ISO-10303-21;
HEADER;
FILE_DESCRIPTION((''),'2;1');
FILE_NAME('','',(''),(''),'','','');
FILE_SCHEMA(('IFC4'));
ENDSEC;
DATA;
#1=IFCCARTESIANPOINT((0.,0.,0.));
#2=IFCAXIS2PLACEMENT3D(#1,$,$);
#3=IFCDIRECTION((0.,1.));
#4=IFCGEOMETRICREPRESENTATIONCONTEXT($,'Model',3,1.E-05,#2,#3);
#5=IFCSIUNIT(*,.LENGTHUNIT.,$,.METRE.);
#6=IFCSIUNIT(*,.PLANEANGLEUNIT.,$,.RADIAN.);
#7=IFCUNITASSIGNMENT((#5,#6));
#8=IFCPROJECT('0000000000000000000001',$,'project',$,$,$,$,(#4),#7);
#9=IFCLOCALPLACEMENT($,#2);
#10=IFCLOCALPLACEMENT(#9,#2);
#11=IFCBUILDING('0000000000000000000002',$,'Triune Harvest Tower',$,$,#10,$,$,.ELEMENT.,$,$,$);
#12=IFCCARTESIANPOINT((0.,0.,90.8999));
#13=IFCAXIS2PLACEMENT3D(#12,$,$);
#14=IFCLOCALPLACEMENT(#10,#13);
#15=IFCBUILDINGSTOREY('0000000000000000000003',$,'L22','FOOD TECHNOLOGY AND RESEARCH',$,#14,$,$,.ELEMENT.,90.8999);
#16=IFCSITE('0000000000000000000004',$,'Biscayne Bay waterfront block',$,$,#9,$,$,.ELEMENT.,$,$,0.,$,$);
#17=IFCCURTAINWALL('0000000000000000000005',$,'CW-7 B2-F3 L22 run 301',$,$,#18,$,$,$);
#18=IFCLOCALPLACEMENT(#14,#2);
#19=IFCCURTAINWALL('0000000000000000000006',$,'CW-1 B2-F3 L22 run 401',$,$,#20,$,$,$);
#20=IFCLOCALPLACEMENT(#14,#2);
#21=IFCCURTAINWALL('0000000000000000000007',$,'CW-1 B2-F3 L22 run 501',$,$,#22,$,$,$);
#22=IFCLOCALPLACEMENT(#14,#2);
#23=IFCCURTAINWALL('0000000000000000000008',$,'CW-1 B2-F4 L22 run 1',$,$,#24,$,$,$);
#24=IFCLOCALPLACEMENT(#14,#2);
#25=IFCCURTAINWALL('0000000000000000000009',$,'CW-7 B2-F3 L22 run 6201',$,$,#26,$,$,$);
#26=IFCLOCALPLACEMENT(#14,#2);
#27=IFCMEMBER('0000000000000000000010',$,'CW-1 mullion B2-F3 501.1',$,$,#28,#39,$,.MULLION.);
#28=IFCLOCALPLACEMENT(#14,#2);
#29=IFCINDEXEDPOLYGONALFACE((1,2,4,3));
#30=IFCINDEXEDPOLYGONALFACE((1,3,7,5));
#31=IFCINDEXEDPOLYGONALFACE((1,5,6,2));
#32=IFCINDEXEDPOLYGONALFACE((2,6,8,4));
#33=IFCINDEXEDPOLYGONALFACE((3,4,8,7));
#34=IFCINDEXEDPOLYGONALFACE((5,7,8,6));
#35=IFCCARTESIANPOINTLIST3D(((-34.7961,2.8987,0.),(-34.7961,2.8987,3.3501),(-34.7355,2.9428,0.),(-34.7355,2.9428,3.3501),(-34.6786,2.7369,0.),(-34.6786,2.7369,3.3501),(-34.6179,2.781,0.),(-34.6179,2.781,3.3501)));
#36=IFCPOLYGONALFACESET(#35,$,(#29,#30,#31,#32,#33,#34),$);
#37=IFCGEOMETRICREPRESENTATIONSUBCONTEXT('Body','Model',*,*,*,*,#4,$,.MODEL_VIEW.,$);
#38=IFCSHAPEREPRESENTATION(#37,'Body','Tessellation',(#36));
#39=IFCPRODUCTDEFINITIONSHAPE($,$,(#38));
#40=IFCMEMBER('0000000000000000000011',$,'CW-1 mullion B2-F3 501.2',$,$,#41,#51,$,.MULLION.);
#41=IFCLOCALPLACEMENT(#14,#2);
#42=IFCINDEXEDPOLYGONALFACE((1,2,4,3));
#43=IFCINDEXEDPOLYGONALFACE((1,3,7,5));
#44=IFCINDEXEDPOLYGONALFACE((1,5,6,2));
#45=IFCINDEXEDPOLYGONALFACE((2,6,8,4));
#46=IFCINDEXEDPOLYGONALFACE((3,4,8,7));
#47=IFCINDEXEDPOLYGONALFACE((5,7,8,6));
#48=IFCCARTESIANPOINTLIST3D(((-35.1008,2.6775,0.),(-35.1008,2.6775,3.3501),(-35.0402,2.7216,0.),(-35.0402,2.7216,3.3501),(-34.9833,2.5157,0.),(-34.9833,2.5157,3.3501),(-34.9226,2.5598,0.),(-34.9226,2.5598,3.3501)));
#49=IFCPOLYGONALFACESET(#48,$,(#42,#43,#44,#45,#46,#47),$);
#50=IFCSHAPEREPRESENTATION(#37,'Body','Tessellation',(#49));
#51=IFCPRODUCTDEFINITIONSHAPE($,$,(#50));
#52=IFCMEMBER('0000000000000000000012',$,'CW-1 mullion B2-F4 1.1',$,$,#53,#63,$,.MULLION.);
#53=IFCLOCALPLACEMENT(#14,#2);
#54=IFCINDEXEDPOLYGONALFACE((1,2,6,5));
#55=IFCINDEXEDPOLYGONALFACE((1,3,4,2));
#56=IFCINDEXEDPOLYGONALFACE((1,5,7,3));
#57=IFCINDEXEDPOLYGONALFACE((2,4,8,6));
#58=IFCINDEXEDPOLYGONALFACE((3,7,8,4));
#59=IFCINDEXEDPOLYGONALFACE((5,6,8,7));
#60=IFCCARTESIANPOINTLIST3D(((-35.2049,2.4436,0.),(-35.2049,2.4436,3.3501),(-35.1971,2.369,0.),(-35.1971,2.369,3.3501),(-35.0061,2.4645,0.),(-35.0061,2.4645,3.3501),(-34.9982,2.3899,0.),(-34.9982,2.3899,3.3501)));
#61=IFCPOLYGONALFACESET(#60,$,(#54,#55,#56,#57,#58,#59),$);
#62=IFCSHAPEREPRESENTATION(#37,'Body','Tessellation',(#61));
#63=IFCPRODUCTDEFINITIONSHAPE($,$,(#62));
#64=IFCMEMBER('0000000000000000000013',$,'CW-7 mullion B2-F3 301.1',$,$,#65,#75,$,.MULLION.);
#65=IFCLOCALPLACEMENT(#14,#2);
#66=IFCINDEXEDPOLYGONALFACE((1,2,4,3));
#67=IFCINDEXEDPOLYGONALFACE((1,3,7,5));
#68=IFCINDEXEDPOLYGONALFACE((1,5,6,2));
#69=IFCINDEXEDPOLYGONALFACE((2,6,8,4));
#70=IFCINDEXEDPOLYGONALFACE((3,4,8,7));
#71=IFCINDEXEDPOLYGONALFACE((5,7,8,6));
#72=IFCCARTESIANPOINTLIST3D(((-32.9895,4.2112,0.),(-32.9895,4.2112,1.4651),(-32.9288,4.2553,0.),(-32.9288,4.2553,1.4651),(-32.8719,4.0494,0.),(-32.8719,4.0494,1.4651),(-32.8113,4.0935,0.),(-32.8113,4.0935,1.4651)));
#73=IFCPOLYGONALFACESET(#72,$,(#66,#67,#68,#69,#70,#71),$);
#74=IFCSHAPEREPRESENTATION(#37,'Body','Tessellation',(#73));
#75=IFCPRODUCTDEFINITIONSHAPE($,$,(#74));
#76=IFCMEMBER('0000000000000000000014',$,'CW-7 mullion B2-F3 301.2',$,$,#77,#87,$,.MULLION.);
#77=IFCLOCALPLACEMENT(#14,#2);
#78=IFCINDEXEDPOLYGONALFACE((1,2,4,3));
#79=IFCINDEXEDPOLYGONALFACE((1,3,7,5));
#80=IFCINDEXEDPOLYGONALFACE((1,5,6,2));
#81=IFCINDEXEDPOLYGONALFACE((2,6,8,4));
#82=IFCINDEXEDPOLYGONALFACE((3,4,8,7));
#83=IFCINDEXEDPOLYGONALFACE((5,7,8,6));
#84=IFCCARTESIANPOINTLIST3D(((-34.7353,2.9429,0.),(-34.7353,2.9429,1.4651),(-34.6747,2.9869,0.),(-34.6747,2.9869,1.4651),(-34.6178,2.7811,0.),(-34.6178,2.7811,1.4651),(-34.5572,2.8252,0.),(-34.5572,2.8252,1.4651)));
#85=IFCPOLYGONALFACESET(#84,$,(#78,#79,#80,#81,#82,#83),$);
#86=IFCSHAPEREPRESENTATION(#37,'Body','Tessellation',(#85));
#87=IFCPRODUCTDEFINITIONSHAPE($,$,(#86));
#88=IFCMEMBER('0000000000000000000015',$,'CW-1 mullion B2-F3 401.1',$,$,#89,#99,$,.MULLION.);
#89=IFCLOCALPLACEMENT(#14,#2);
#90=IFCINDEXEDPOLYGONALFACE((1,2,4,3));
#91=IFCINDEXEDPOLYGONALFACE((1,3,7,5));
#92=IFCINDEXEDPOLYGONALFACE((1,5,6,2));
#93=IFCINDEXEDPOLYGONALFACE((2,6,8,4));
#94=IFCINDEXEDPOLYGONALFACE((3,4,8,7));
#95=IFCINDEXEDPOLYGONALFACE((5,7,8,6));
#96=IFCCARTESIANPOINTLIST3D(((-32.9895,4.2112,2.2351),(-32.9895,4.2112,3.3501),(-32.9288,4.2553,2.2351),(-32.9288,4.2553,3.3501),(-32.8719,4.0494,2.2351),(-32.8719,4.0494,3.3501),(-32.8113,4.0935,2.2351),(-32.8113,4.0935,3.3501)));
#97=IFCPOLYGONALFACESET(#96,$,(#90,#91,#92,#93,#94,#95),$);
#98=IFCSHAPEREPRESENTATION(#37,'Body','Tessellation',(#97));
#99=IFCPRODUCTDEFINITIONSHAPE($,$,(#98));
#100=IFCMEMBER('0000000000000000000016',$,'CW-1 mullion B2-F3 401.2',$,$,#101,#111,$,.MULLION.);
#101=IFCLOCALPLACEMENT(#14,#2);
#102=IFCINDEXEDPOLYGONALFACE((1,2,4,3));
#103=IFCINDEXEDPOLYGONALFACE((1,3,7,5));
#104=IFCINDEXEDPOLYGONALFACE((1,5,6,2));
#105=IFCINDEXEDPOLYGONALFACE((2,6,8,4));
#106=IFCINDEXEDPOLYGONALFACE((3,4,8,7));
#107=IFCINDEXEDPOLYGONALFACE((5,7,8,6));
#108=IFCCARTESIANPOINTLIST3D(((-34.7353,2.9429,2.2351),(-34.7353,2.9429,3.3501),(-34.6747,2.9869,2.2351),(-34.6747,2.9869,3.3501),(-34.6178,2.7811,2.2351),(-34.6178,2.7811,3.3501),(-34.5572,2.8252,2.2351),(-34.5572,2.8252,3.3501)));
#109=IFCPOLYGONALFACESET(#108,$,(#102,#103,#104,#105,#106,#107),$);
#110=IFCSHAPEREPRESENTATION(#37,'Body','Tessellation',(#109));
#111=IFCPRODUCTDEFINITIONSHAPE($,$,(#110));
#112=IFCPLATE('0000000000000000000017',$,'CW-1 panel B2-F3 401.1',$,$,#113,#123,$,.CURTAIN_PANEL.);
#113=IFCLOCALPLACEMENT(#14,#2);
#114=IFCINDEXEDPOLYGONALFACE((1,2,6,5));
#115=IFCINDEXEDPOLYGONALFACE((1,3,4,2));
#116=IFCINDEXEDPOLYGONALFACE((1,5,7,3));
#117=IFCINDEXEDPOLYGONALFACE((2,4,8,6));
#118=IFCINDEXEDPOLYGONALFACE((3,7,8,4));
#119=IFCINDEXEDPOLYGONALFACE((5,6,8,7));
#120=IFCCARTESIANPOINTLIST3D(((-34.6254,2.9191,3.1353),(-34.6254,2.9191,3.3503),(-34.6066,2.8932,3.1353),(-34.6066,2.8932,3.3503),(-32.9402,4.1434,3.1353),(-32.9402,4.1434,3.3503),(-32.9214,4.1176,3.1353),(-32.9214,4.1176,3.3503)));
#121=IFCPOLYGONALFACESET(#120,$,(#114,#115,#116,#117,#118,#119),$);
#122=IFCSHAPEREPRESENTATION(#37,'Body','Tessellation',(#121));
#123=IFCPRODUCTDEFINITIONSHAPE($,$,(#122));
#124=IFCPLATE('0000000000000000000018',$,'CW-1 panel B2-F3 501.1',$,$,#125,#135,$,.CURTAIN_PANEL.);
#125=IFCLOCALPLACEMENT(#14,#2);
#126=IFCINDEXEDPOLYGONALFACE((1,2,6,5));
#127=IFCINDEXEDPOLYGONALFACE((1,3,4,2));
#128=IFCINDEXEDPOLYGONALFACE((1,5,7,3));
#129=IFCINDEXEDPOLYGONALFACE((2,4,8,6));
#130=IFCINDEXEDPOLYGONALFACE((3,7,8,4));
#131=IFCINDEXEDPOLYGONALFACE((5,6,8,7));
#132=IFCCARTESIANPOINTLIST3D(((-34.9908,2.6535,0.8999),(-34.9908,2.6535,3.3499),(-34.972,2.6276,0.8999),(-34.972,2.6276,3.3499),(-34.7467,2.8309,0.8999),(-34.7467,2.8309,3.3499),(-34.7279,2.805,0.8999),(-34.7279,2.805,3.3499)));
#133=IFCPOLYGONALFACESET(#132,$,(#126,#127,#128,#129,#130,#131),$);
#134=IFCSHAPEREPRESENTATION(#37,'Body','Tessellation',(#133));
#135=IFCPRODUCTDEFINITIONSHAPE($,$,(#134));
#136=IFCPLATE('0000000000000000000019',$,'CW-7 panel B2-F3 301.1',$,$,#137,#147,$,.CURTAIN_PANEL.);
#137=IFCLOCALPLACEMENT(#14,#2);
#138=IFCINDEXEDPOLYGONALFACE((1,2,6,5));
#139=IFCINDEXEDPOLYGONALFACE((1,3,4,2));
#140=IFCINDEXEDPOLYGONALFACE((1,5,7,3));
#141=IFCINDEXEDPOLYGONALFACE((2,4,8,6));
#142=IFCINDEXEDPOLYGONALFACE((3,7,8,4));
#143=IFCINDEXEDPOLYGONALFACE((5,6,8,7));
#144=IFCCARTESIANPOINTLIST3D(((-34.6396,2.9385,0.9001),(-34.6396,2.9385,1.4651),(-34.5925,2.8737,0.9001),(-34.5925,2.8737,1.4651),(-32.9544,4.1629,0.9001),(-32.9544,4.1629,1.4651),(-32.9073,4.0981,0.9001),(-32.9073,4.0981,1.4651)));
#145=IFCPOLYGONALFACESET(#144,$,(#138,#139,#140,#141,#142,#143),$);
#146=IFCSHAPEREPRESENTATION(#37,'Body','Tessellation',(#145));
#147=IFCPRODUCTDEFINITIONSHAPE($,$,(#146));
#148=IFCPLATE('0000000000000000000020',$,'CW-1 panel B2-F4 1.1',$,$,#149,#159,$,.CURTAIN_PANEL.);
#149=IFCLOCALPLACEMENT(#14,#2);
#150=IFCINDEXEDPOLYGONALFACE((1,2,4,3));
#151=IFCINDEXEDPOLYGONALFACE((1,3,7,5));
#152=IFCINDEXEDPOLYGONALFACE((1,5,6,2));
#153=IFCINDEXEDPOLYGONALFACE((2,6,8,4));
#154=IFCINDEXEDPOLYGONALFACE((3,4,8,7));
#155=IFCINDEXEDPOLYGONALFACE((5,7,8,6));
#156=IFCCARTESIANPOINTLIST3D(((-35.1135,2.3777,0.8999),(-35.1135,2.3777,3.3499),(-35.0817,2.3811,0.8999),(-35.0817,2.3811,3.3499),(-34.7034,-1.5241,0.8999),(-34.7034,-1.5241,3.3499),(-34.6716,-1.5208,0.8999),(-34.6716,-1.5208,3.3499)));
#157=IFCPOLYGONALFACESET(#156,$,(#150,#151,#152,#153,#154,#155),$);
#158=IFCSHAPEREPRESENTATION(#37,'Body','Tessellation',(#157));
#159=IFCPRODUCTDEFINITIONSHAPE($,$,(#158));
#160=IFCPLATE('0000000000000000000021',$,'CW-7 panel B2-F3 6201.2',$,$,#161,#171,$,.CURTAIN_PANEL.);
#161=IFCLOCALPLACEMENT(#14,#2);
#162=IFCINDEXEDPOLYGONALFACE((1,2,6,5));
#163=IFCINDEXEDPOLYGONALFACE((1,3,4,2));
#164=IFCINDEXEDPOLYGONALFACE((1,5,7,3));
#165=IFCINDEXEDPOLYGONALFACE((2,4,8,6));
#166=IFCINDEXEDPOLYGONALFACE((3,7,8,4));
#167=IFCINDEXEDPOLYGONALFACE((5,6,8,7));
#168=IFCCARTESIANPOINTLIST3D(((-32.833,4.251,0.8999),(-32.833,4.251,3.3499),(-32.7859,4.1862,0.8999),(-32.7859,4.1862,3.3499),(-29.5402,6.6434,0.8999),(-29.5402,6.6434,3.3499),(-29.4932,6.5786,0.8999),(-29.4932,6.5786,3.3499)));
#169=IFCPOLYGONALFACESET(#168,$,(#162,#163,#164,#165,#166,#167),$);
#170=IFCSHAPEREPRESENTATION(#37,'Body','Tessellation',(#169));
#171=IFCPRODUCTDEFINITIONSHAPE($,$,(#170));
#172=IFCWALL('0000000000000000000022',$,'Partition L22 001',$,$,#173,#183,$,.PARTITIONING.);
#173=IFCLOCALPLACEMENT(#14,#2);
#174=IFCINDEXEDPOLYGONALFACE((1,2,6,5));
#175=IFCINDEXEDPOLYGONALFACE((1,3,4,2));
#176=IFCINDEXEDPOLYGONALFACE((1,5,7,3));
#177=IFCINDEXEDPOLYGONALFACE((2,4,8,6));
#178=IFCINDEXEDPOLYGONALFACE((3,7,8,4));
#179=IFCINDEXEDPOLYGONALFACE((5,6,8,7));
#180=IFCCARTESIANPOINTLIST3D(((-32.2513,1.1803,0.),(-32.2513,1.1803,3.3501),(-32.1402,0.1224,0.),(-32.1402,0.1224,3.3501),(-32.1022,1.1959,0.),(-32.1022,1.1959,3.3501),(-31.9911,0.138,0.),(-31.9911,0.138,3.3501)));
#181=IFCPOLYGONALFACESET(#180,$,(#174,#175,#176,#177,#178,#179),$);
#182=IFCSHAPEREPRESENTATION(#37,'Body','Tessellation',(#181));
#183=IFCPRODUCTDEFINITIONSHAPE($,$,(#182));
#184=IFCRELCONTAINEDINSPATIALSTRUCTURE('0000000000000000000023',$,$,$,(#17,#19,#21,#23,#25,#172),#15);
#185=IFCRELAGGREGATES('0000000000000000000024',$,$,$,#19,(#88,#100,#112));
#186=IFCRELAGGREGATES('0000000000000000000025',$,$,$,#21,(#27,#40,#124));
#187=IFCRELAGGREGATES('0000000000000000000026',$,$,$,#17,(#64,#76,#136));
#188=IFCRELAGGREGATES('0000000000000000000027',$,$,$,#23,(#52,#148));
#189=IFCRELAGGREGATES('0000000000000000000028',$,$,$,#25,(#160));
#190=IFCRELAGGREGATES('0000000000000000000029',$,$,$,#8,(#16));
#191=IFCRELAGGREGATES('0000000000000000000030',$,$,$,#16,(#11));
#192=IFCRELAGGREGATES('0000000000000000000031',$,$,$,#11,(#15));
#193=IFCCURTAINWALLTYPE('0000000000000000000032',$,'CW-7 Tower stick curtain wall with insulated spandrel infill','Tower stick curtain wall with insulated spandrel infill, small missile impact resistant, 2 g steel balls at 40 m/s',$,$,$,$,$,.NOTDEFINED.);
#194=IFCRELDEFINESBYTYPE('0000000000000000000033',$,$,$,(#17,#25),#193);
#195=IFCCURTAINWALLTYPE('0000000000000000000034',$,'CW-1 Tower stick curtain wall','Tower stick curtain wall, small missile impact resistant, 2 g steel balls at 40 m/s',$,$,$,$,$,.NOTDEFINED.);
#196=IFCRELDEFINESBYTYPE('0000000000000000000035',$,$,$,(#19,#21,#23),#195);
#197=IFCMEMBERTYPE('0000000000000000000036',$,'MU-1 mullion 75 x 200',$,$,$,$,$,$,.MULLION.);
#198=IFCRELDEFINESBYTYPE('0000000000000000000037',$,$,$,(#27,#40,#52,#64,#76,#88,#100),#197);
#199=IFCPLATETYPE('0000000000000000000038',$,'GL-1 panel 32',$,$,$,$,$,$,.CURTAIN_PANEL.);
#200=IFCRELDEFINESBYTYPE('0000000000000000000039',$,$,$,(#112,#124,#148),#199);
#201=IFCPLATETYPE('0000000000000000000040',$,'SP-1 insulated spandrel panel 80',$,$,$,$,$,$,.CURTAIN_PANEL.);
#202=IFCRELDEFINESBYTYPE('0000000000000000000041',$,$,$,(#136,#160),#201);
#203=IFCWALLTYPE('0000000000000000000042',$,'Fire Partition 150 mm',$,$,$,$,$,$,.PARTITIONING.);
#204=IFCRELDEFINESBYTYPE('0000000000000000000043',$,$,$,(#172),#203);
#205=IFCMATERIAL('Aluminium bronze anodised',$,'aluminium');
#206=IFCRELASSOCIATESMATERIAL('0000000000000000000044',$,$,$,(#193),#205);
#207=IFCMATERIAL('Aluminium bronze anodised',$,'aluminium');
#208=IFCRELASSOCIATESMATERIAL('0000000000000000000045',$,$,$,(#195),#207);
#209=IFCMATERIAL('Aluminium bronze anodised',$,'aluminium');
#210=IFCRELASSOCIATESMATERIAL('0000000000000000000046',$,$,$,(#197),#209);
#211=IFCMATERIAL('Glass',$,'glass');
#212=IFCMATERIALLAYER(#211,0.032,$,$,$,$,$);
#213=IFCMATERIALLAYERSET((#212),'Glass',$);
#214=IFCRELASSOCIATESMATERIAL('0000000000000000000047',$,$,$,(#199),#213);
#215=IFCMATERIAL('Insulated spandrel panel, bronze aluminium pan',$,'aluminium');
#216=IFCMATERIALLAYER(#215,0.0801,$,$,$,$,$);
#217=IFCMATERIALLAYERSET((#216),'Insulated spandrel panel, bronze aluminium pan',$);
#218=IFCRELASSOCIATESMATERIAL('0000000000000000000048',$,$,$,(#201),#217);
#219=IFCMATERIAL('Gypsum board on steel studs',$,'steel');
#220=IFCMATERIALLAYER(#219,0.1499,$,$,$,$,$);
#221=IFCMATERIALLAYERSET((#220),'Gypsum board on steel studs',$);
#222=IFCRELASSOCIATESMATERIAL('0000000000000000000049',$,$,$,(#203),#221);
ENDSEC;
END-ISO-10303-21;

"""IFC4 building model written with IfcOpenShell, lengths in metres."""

from ifc_helpers import new_model, si_unit, direction, frame, frame_2d, origin, origin_2d, place, context, subcontext, project, spatial, rectangle, extrude, source, transform, mapped, material, layer, layer_set, material_profile, profile_set, type_object, element, aggregate, save


model = new_model("IFC4")

# Units and contexts
model_context = context("Model", 3, precision=1e-05, world=origin(), true_north=direction((0.0, 1.0)))
body_context = subcontext(model_context, "Body", "Model", "MODEL_VIEW")
ifc_project = project(units=[si_unit("LENGTHUNIT", "METRE"), si_unit("PLANEANGLEUNIT", "RADIAN")], contexts=[model_context])

# Site, building, storey
site_placement = place(None, origin())
site = spatial("IfcSite", under=ifc_project, at=site_placement, Name="Biscayne Bay waterfront block", CompositionType="ELEMENT", RefElevation=0.0)
building_placement = place(site_placement, origin())
building = spatial("IfcBuilding", under=site, at=building_placement, Name="Triune Harvest Tower", CompositionType="ELEMENT")
storey_placement = place(building_placement, frame((0.0, 0.0, 90.8999)))
storey = spatial("IfcBuildingStorey", under=building, at=storey_placement, Name="L22", Description="FOOD TECHNOLOGY AND RESEARCH", CompositionType="ELEMENT", Elevation=90.8999)

# Curtain walls
ifc_material_1 = material(Name="Aluminium bronze anodised", Category="aluminium")
curtain_wall_type_1 = type_object("IfcCurtainWallType", Name="CW-7 Tower stick curtain wall with insulated spandrel infill", Description="Tower stick curtain wall with insulated spandrel infill, small missile impact resistant, 2 g steel balls at 40 m/s", PredefinedType="NOTDEFINED", material=ifc_material_1)
curtain_wall_1_placement = place(storey_placement, origin())
curtain_wall_1 = element("IfcCurtainWall", 1, at=curtain_wall_1_placement, inside=storey, type_object=curtain_wall_type_1, Name="CW-7 B2-F3 L22 run 301")
ifc_material_2 = material(Name="Aluminium bronze anodised", Category="aluminium")
curtain_wall_type_2 = type_object("IfcCurtainWallType", Name="CW-1 Tower stick curtain wall", Description="Tower stick curtain wall, small missile impact resistant, 2 g steel balls at 40 m/s", PredefinedType="NOTDEFINED", material=ifc_material_2)
curtain_wall_2_placement = place(storey_placement, origin())
curtain_wall_2 = element("IfcCurtainWall", 2, at=curtain_wall_2_placement, inside=storey, type_object=curtain_wall_type_2, Name="CW-1 B2-F3 L22 run 401")
curtain_wall_3_placement = place(storey_placement, origin())
curtain_wall_3 = element("IfcCurtainWall", 3, at=curtain_wall_3_placement, inside=storey, type_object=curtain_wall_type_2, Name="CW-1 B2-F3 L22 run 501")
curtain_wall_4_placement = place(storey_placement, origin())
curtain_wall_4 = element("IfcCurtainWall", 4, at=curtain_wall_4_placement, inside=storey, type_object=curtain_wall_type_2, Name="CW-1 B2-F4 L22 run 1")
curtain_wall_5_placement = place(storey_placement, origin())
curtain_wall_5 = element("IfcCurtainWall", 5, at=curtain_wall_5_placement, inside=storey, type_object=curtain_wall_type_1, Name="CW-7 B2-F3 L22 run 6201")
ifc_material_3 = material(Name="Aluminium bronze anodised", Category="aluminium")
ifc_material_profile_1 = material_profile(ifc_material_3, rectangle(XDim=0.2, YDim=0.075, at=origin_2d()), Name="MU-1 mullion 75 x 200")
ifc_profile_set_1 = profile_set([ifc_material_profile_1], Name="Aluminium bronze anodised")
member_type_1 = type_object("IfcMemberType", Name="MU-1 mullion 75 x 200", PredefinedType="MULLION", material=ifc_profile_set_1)
shared_shape_1 = source(origin(), body_context, "Body", "SweptSolid", [
    extrude(rectangle(XDim=0.2, YDim=0.075, at=origin_2d()), origin(), (0.0, 0.0, 1.0), 3.3501),
])

# Members
member_1_placement = place(storey_placement, frame((-34.707, 2.8398, 0.0), z_axis=(0.0, 0.0, 1.0), x_axis=(0.587816, -0.808995, 0.0)))
member_1 = element("IfcMember", 6, at=member_1_placement, type_object=member_type_1, Name="CW-1 mullion B2-F3 501.1", PredefinedType="MULLION", context=body_context, shape_type="MappedRepresentation", body=[
    mapped(shared_shape_1, transform((0.0, 0.0, 0.0), scale=1.0)),
])
member_2_placement = place(storey_placement, frame((-35.0117, 2.6187, 0.0), z_axis=(0.0, 0.0, 1.0), x_axis=(0.587816, -0.808995, 0.0)))
member_2 = element("IfcMember", 7, at=member_2_placement, type_object=member_type_1, Name="CW-1 mullion B2-F3 501.2", PredefinedType="MULLION", context=body_context, shape_type="MappedRepresentation", body=[
    mapped(shared_shape_1, transform((0.0, 0.0, 0.0), scale=1.0)),
])
member_3_placement = place(storey_placement, frame((-35.1016, 2.4167, 0.0), z_axis=(0.0, 0.0, 1.0), x_axis=(0.994522, 0.10453, 0.0)))
member_3 = element("IfcMember", 8, at=member_3_placement, type_object=member_type_1, Name="CW-1 mullion B2-F4 1.1", PredefinedType="MULLION", context=body_context, shape_type="MappedRepresentation", body=[
    mapped(shared_shape_1, transform((0.0, 0.0, 0.0), scale=1.0)),
])
shared_shape_2 = source(origin(), body_context, "Body", "SweptSolid", [
    extrude(rectangle(XDim=0.2, YDim=0.075, at=origin_2d()), origin(), (0.0, 0.0, 1.0), 1.4651),
])
member_4_placement = place(storey_placement, frame((-32.9004, 4.1523, 0.0), z_axis=(0.0, 0.0, 1.0), x_axis=(0.587786, -0.809017, 0.0)))
member_4 = element("IfcMember", 9, at=member_4_placement, type_object=member_type_1, Name="CW-7 mullion B2-F3 301.1", PredefinedType="MULLION", context=body_context, shape_type="MappedRepresentation", body=[
    mapped(shared_shape_2, transform((0.0, 0.0, 0.0), scale=1.0)),
])
member_5_placement = place(storey_placement, frame((-34.6462, 2.884, 0.0), z_axis=(0.0, 0.0, 1.0), x_axis=(0.587786, -0.809017, 0.0)))
member_5 = element("IfcMember", 10, at=member_5_placement, type_object=member_type_1, Name="CW-7 mullion B2-F3 301.2", PredefinedType="MULLION", context=body_context, shape_type="MappedRepresentation", body=[
    mapped(shared_shape_2, transform((0.0, 0.0, 0.0), scale=1.0)),
])
shared_shape_3 = source(origin(), body_context, "Body", "SweptSolid", [
    extrude(rectangle(XDim=0.2, YDim=0.075, at=origin_2d()), origin(), (0.0, 0.0, 1.0), 1.115),
])
member_6_placement = place(storey_placement, frame((-32.9004, 4.1523, 2.2351), z_axis=(0.0, 0.0, 1.0), x_axis=(0.587786, -0.809017, 0.0)))
member_6 = element("IfcMember", 11, at=member_6_placement, type_object=member_type_1, Name="CW-1 mullion B2-F3 401.1", PredefinedType="MULLION", context=body_context, shape_type="MappedRepresentation", body=[
    mapped(shared_shape_3, transform((0.0, 0.0, 0.0), scale=1.0)),
])
member_7_placement = place(storey_placement, frame((-34.6462, 2.884, 2.2351), z_axis=(0.0, 0.0, 1.0), x_axis=(0.587786, -0.809017, 0.0)))
member_7 = element("IfcMember", 12, at=member_7_placement, type_object=member_type_1, Name="CW-1 mullion B2-F3 401.2", PredefinedType="MULLION", context=body_context, shape_type="MappedRepresentation", body=[
    mapped(shared_shape_3, transform((0.0, 0.0, 0.0), scale=1.0)),
])

# Plates
ifc_material_4 = material(Name="Glass", Category="glass")
ifc_layer_1 = layer(ifc_material_4, 0.032)
ifc_layer_set_1 = layer_set([ifc_layer_1], Name="Glass")
plate_type_1 = type_object("IfcPlateType", Name="GL-1 panel 32", PredefinedType="CURTAIN_PANEL", material=ifc_layer_set_1)
plate_1_placement = place(storey_placement, frame((-33.7734, 3.5183, 3.1353), z_axis=(0.0, 0.0, 1.0), x_axis=(-0.809017, -0.587786, 0.0)))
plate_1 = element("IfcPlate", 13, at=plate_1_placement, type_object=plate_type_1, Name="CW-1 panel B2-F3 401.1", PredefinedType="CURTAIN_PANEL", context=body_context, shape_type="SweptSolid", body=[
    extrude(rectangle(XDim=2.083, YDim=0.032, at=origin_2d()), origin(), (0.0, 0.0, 1.0), 0.2151),
])
aggregate(curtain_wall_2, [member_6, member_7, plate_1])
plate_2_placement = place(storey_placement, frame((-34.8594, 2.7292, 0.8999), z_axis=(0.0, 0.0, 1.0), x_axis=(-0.808995, -0.587816, 0.0)))
plate_2 = element("IfcPlate", 14, at=plate_2_placement, type_object=plate_type_1, Name="CW-1 panel B2-F3 501.1", PredefinedType="CURTAIN_PANEL", context=body_context, shape_type="SweptSolid", body=[
    extrude(rectangle(XDim=0.3018, YDim=0.032, at=origin_2d()), origin(), (0.0, 0.0, 1.0), 2.45),
])
aggregate(curtain_wall_3, [member_1, member_2, plate_2])
ifc_material_5 = material(Name="Insulated spandrel panel, bronze aluminium pan", Category="aluminium")
ifc_layer_2 = layer(ifc_material_5, 0.0801)
ifc_layer_set_2 = layer_set([ifc_layer_2], Name="Insulated spandrel panel, bronze aluminium pan")
plate_type_2 = type_object("IfcPlateType", Name="SP-1 insulated spandrel panel 80", PredefinedType="CURTAIN_PANEL", material=ifc_layer_set_2)
plate_3_placement = place(storey_placement, frame((-33.7734, 3.5183, 0.9001), z_axis=(0.0, 0.0, 1.0), x_axis=(-0.809017, -0.587786, 0.0)))
plate_3 = element("IfcPlate", 15, at=plate_3_placement, type_object=plate_type_2, Name="CW-7 panel B2-F3 301.1", PredefinedType="CURTAIN_PANEL", context=body_context, shape_type="SweptSolid", body=[
    extrude(rectangle(XDim=2.083, YDim=0.0801, at=origin_2d()), origin(), (0.0, 0.0, 1.0), 0.5649),
])
aggregate(curtain_wall_1, [member_4, member_5, plate_3])
shared_shape_4 = source(origin(), body_context, "Body", "SweptSolid", [
    extrude(rectangle(XDim=3.9233, YDim=0.032, at=origin_2d()), origin(), (0.0, 0.0, 1.0), 2.45),
])
plate_4_placement = place(storey_placement, frame((-34.8926, 0.4285, 0.8999), z_axis=(0.0, 0.0, 1.0), x_axis=(0.10453, -0.994522, 0.0)))
plate_4 = element("IfcPlate", 16, at=plate_4_placement, type_object=plate_type_1, Name="CW-1 panel B2-F4 1.1", PredefinedType="CURTAIN_PANEL", context=body_context, shape_type="MappedRepresentation", body=[
    mapped(shared_shape_4, transform((0.0, 0.0, 0.0), scale=1.0)),
])
aggregate(curtain_wall_4, [member_3, plate_4])
shared_shape_5 = source(origin(), body_context, "Body", "SweptSolid", [
    extrude(rectangle(XDim=4.0701, YDim=0.0801, at=origin_2d()), origin(), (0.0, 0.0, 1.0), 2.45),
])
plate_5_placement = place(storey_placement, frame((-31.1631, 5.4148, 0.8999), z_axis=(0.0, 0.0, 1.0), x_axis=(-0.809016, -0.587787, 0.0)))
plate_5 = element("IfcPlate", 17, at=plate_5_placement, type_object=plate_type_2, Name="CW-7 panel B2-F3 6201.2", PredefinedType="CURTAIN_PANEL", context=body_context, shape_type="MappedRepresentation", body=[
    mapped(shared_shape_5, transform((0.0, 0.0, 0.0), scale=1.0)),
])
aggregate(curtain_wall_5, [plate_5])

# Wall
ifc_material_6 = material(Name="Gypsum board on steel studs", Category="steel")
ifc_layer_3 = layer(ifc_material_6, 0.1499)
ifc_layer_set_3 = layer_set([ifc_layer_3], Name="Gypsum board on steel studs")
wall_type_1 = type_object("IfcWallType", Name="Fire Partition 150 mm", PredefinedType="PARTITIONING", material=ifc_layer_set_3)
wall_1_placement = place(storey_placement, frame((-32.1768, 1.188, 0.0), z_axis=(0.0, 0.0, 1.0), x_axis=(0.104434, -0.994532, 0.0)))
element("IfcWall", 18, at=wall_1_placement, inside=storey, type_object=wall_type_1, Name="Partition L22 001", PredefinedType="PARTITIONING", context=body_context, shape_type="SweptSolid", body=[
    extrude(rectangle(XDim=1.0637, YDim=0.1499, at=frame_2d((0.5317, 0.0))), origin(), (0.0, 0.0, 1.0), 3.3501),
])

save(model, "model.ifc")
